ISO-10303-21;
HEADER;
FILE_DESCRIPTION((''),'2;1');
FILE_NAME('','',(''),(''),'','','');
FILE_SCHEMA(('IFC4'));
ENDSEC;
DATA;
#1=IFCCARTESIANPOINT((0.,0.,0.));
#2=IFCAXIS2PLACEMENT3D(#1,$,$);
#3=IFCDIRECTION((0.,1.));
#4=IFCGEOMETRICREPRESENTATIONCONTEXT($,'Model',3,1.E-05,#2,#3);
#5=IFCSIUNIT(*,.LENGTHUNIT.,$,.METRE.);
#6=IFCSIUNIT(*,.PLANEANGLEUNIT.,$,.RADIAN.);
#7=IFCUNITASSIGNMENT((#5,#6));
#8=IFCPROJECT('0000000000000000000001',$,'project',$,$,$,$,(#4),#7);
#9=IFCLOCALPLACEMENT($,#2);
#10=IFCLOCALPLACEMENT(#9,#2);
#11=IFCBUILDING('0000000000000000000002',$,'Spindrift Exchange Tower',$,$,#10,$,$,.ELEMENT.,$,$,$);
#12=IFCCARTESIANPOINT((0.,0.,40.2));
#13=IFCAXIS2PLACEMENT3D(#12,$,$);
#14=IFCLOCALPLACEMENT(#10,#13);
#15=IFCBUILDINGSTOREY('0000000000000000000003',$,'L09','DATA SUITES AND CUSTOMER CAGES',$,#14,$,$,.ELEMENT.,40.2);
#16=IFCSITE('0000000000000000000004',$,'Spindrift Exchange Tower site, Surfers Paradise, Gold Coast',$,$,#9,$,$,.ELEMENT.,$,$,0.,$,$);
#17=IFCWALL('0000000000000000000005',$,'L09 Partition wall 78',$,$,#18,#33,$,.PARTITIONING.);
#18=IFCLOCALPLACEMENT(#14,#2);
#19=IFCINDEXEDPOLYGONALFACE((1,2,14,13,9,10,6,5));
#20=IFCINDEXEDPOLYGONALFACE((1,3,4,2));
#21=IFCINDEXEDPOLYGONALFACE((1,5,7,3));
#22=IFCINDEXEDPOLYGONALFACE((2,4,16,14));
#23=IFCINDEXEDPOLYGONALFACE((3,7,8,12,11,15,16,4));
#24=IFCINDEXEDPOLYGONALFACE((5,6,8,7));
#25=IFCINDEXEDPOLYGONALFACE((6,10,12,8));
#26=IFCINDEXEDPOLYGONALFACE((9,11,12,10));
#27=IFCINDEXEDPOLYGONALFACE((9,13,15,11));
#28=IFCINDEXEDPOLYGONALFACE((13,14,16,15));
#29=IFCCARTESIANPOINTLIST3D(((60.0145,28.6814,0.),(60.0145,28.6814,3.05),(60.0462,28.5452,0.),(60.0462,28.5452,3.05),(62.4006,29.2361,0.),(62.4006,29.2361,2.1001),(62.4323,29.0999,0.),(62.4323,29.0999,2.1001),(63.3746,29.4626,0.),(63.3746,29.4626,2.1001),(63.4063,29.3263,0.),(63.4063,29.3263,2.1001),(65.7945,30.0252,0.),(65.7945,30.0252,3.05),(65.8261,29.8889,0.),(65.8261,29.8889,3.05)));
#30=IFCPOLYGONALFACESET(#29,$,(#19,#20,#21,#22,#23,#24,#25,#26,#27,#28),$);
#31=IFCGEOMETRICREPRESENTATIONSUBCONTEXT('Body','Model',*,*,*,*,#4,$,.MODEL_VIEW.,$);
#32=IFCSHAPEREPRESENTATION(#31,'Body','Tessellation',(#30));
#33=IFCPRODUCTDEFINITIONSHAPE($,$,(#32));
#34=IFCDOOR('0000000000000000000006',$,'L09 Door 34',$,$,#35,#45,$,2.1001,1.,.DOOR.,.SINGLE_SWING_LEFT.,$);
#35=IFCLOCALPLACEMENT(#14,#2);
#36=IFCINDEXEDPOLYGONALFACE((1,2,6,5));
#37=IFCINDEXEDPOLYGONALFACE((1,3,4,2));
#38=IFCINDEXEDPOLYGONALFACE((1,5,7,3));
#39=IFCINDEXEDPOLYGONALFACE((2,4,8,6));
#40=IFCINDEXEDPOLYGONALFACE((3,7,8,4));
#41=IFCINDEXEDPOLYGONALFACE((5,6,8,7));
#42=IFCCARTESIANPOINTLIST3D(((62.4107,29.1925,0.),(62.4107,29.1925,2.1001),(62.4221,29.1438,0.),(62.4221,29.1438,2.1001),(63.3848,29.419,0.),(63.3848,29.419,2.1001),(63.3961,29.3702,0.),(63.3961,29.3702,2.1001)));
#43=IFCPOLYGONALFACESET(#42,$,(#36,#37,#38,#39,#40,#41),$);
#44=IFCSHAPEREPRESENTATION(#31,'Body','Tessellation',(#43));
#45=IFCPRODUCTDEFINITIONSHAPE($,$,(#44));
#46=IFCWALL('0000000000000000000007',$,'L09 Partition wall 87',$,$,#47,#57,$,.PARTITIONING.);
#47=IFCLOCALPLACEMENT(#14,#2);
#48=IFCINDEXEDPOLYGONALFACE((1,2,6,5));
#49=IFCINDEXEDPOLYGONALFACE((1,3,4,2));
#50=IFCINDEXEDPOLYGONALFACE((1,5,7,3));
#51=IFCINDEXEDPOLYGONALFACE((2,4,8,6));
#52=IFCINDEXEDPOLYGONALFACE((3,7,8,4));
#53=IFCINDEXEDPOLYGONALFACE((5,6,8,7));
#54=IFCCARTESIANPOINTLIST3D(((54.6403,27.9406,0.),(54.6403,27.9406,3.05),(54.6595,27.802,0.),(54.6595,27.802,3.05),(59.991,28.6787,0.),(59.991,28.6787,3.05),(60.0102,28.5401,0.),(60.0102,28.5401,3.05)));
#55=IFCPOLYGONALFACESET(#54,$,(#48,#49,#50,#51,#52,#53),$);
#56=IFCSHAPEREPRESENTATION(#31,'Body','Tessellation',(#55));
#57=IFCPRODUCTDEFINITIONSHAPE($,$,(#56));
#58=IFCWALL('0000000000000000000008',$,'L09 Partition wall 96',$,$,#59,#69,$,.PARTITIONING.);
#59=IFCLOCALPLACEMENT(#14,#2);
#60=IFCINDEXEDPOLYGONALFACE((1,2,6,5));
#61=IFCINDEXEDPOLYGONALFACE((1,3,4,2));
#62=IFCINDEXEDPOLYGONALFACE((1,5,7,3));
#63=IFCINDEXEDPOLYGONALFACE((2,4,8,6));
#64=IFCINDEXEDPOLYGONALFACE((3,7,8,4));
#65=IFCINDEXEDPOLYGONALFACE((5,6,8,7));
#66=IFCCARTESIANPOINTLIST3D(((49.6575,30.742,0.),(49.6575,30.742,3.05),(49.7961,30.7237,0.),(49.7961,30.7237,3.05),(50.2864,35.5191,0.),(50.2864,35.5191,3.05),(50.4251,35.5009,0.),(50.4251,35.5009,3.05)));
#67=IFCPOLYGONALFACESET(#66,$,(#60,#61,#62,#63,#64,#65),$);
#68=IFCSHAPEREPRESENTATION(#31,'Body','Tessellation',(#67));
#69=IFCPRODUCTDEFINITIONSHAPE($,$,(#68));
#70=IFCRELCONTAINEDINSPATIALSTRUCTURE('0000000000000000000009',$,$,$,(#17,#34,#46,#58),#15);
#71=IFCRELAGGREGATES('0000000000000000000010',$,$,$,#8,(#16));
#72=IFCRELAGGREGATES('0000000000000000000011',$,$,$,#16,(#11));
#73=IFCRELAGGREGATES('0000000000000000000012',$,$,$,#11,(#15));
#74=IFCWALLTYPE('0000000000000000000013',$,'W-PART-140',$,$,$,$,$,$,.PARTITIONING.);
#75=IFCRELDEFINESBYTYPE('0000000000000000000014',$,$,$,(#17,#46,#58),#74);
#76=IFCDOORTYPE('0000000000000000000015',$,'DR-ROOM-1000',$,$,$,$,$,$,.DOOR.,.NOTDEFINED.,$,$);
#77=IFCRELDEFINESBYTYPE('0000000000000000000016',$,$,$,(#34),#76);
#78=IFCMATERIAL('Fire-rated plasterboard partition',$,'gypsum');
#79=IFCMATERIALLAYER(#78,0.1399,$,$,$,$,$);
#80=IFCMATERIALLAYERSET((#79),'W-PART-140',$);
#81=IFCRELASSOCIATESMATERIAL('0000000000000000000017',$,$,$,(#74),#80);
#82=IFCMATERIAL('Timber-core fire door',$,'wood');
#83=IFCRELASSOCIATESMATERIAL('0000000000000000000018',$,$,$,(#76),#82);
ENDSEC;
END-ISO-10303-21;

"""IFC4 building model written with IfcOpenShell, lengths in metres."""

from ifc_helpers import new_model, si_unit, direction, frame, frame_2d, origin, place, context, subcontext, project, spatial, rectangle, extrude, source, transform, mapped, material, layer, layer_set, type_object, element, fill, save


model = new_model("IFC4")

# Units and contexts
model_context = context("Model", 3, precision=1e-05, world=origin(), true_north=direction((0.0, 1.0)))
body_context = subcontext(model_context, "Body", "Model", "MODEL_VIEW")
ifc_project = project(units=[si_unit("LENGTHUNIT", "METRE"), si_unit("PLANEANGLEUNIT", "RADIAN")], contexts=[model_context])

# Site, building, storey
site_placement = place(None, origin())
site = spatial("IfcSite", under=ifc_project, at=site_placement, Name="Spindrift Exchange Tower site, Surfers Paradise, Gold Coast", CompositionType="ELEMENT", RefElevation=0.0)
building_placement = place(site_placement, origin())
building = spatial("IfcBuilding", under=site, at=building_placement, Name="Spindrift Exchange Tower", CompositionType="ELEMENT")
storey_placement = place(building_placement, frame((0.0, 0.0, 40.2)))
storey = spatial("IfcBuildingStorey", under=building, at=storey_placement, Name="L09", Description="DATA SUITES AND CUSTOMER CAGES", CompositionType="ELEMENT", Elevation=40.2)

# Wall, opening, door
ifc_material_1 = material(Name="Timber-core fire door", Category="wood")
ifc_material_2 = material(Name="Fire-rated plasterboard partition", Category="gypsum")
ifc_layer_1 = layer(ifc_material_2, 0.1399)
ifc_layer_set_1 = layer_set([ifc_layer_1], Name="W-PART-140")
wall_type_1 = type_object("IfcWallType", Name="W-PART-140", PredefinedType="PARTITIONING", material=ifc_layer_set_1)
wall_1_placement = place(storey_placement, frame((65.8103, 29.957, 0.0), z_axis=(0.0, 0.0, 1.0), x_axis=(-0.974024, -0.226443, 0.0)))
wall_1 = element("IfcWall", 1, at=wall_1_placement, inside=storey, type_object=wall_type_1, Name="L09 Partition wall 78", PredefinedType="PARTITIONING", context=body_context, shape_type="SweptSolid", body=[
    extrude(rectangle(XDim=5.9341, YDim=0.1399, at=frame_2d((2.967, 0.0))), origin(), (0.0, 0.0, 1.0), 3.05),
])
opening_1_placement = place(wall_1_placement, frame((2.4844, 0.0, 0.0)))
opening_1 = element("IfcOpeningElement", 2, at=opening_1_placement, cuts=wall_1, PredefinedType="OPENING", context=body_context, shape_type="SweptSolid", body=[
    extrude(rectangle(XDim=1.0, YDim=2.1001, at=frame_2d((0.5, 1.05))), frame((0.0, 0.0798, 0.0), z_axis=(0.0, -1.0, 0.0), x_axis=(1.0, 0.0, 0.0)), (0.0, 0.0, 1.0), 0.1599),
])
door_type_1 = type_object("IfcDoorType", Name="DR-ROOM-1000", OperationType="NOTDEFINED", PredefinedType="DOOR", material=ifc_material_1)
shared_shape_1 = source(origin(), body_context, "Body", "SweptSolid", [
    extrude(rectangle(XDim=1.0, YDim=2.1001, at=frame_2d((0.5, 1.05))), frame((0.0, 0.0249, 0.0), z_axis=(0.0, -1.0, 0.0), x_axis=(1.0, 0.0, 0.0)), (0.0, 0.0, 1.0), 0.05),
])
door_1_placement = place(opening_1_placement, origin())
door_1 = element("IfcDoor", 3, at=door_1_placement, inside=storey, type_object=door_type_1, Name="L09 Door 34", OperationType="SINGLE_SWING_LEFT", OverallHeight=2.1001, OverallWidth=1.0, PredefinedType="DOOR", context=body_context, shape_type="MappedRepresentation", body=[
    mapped(shared_shape_1, transform((0.0, 0.0, 0.0), scale=1.0)),
])
fill(opening_1, door_1)

# Walls
wall_2_placement = place(storey_placement, frame((54.6499, 27.8713, 0.0), z_axis=(0.0, 0.0, 1.0), x_axis=(0.99062, 0.136642, 0.0)))
element("IfcWall", 4, at=wall_2_placement, inside=storey, type_object=wall_type_1, Name="L09 Partition wall 87", PredefinedType="PARTITIONING", context=body_context, shape_type="SweptSolid", body=[
    extrude(rectangle(XDim=5.4014, YDim=0.1399, at=frame_2d((2.7007, 0.0))), origin(), (0.0, 0.0, 1.0), 3.05),
])
wall_3_placement = place(storey_placement, frame((50.3557, 35.51, 0.0), z_axis=(0.0, 0.0, 1.0), x_axis=(-0.130524, -0.991445, 0.0)))
element("IfcWall", 5, at=wall_3_placement, inside=storey, type_object=wall_type_1, Name="L09 Partition wall 96", PredefinedType="PARTITIONING", context=body_context, shape_type="SweptSolid", body=[
    extrude(rectangle(XDim=4.8184, YDim=0.1399, at=frame_2d((2.4092, 0.0))), origin(), (0.0, 0.0, 1.0), 3.05),
])

save(model, "model.ifc")
